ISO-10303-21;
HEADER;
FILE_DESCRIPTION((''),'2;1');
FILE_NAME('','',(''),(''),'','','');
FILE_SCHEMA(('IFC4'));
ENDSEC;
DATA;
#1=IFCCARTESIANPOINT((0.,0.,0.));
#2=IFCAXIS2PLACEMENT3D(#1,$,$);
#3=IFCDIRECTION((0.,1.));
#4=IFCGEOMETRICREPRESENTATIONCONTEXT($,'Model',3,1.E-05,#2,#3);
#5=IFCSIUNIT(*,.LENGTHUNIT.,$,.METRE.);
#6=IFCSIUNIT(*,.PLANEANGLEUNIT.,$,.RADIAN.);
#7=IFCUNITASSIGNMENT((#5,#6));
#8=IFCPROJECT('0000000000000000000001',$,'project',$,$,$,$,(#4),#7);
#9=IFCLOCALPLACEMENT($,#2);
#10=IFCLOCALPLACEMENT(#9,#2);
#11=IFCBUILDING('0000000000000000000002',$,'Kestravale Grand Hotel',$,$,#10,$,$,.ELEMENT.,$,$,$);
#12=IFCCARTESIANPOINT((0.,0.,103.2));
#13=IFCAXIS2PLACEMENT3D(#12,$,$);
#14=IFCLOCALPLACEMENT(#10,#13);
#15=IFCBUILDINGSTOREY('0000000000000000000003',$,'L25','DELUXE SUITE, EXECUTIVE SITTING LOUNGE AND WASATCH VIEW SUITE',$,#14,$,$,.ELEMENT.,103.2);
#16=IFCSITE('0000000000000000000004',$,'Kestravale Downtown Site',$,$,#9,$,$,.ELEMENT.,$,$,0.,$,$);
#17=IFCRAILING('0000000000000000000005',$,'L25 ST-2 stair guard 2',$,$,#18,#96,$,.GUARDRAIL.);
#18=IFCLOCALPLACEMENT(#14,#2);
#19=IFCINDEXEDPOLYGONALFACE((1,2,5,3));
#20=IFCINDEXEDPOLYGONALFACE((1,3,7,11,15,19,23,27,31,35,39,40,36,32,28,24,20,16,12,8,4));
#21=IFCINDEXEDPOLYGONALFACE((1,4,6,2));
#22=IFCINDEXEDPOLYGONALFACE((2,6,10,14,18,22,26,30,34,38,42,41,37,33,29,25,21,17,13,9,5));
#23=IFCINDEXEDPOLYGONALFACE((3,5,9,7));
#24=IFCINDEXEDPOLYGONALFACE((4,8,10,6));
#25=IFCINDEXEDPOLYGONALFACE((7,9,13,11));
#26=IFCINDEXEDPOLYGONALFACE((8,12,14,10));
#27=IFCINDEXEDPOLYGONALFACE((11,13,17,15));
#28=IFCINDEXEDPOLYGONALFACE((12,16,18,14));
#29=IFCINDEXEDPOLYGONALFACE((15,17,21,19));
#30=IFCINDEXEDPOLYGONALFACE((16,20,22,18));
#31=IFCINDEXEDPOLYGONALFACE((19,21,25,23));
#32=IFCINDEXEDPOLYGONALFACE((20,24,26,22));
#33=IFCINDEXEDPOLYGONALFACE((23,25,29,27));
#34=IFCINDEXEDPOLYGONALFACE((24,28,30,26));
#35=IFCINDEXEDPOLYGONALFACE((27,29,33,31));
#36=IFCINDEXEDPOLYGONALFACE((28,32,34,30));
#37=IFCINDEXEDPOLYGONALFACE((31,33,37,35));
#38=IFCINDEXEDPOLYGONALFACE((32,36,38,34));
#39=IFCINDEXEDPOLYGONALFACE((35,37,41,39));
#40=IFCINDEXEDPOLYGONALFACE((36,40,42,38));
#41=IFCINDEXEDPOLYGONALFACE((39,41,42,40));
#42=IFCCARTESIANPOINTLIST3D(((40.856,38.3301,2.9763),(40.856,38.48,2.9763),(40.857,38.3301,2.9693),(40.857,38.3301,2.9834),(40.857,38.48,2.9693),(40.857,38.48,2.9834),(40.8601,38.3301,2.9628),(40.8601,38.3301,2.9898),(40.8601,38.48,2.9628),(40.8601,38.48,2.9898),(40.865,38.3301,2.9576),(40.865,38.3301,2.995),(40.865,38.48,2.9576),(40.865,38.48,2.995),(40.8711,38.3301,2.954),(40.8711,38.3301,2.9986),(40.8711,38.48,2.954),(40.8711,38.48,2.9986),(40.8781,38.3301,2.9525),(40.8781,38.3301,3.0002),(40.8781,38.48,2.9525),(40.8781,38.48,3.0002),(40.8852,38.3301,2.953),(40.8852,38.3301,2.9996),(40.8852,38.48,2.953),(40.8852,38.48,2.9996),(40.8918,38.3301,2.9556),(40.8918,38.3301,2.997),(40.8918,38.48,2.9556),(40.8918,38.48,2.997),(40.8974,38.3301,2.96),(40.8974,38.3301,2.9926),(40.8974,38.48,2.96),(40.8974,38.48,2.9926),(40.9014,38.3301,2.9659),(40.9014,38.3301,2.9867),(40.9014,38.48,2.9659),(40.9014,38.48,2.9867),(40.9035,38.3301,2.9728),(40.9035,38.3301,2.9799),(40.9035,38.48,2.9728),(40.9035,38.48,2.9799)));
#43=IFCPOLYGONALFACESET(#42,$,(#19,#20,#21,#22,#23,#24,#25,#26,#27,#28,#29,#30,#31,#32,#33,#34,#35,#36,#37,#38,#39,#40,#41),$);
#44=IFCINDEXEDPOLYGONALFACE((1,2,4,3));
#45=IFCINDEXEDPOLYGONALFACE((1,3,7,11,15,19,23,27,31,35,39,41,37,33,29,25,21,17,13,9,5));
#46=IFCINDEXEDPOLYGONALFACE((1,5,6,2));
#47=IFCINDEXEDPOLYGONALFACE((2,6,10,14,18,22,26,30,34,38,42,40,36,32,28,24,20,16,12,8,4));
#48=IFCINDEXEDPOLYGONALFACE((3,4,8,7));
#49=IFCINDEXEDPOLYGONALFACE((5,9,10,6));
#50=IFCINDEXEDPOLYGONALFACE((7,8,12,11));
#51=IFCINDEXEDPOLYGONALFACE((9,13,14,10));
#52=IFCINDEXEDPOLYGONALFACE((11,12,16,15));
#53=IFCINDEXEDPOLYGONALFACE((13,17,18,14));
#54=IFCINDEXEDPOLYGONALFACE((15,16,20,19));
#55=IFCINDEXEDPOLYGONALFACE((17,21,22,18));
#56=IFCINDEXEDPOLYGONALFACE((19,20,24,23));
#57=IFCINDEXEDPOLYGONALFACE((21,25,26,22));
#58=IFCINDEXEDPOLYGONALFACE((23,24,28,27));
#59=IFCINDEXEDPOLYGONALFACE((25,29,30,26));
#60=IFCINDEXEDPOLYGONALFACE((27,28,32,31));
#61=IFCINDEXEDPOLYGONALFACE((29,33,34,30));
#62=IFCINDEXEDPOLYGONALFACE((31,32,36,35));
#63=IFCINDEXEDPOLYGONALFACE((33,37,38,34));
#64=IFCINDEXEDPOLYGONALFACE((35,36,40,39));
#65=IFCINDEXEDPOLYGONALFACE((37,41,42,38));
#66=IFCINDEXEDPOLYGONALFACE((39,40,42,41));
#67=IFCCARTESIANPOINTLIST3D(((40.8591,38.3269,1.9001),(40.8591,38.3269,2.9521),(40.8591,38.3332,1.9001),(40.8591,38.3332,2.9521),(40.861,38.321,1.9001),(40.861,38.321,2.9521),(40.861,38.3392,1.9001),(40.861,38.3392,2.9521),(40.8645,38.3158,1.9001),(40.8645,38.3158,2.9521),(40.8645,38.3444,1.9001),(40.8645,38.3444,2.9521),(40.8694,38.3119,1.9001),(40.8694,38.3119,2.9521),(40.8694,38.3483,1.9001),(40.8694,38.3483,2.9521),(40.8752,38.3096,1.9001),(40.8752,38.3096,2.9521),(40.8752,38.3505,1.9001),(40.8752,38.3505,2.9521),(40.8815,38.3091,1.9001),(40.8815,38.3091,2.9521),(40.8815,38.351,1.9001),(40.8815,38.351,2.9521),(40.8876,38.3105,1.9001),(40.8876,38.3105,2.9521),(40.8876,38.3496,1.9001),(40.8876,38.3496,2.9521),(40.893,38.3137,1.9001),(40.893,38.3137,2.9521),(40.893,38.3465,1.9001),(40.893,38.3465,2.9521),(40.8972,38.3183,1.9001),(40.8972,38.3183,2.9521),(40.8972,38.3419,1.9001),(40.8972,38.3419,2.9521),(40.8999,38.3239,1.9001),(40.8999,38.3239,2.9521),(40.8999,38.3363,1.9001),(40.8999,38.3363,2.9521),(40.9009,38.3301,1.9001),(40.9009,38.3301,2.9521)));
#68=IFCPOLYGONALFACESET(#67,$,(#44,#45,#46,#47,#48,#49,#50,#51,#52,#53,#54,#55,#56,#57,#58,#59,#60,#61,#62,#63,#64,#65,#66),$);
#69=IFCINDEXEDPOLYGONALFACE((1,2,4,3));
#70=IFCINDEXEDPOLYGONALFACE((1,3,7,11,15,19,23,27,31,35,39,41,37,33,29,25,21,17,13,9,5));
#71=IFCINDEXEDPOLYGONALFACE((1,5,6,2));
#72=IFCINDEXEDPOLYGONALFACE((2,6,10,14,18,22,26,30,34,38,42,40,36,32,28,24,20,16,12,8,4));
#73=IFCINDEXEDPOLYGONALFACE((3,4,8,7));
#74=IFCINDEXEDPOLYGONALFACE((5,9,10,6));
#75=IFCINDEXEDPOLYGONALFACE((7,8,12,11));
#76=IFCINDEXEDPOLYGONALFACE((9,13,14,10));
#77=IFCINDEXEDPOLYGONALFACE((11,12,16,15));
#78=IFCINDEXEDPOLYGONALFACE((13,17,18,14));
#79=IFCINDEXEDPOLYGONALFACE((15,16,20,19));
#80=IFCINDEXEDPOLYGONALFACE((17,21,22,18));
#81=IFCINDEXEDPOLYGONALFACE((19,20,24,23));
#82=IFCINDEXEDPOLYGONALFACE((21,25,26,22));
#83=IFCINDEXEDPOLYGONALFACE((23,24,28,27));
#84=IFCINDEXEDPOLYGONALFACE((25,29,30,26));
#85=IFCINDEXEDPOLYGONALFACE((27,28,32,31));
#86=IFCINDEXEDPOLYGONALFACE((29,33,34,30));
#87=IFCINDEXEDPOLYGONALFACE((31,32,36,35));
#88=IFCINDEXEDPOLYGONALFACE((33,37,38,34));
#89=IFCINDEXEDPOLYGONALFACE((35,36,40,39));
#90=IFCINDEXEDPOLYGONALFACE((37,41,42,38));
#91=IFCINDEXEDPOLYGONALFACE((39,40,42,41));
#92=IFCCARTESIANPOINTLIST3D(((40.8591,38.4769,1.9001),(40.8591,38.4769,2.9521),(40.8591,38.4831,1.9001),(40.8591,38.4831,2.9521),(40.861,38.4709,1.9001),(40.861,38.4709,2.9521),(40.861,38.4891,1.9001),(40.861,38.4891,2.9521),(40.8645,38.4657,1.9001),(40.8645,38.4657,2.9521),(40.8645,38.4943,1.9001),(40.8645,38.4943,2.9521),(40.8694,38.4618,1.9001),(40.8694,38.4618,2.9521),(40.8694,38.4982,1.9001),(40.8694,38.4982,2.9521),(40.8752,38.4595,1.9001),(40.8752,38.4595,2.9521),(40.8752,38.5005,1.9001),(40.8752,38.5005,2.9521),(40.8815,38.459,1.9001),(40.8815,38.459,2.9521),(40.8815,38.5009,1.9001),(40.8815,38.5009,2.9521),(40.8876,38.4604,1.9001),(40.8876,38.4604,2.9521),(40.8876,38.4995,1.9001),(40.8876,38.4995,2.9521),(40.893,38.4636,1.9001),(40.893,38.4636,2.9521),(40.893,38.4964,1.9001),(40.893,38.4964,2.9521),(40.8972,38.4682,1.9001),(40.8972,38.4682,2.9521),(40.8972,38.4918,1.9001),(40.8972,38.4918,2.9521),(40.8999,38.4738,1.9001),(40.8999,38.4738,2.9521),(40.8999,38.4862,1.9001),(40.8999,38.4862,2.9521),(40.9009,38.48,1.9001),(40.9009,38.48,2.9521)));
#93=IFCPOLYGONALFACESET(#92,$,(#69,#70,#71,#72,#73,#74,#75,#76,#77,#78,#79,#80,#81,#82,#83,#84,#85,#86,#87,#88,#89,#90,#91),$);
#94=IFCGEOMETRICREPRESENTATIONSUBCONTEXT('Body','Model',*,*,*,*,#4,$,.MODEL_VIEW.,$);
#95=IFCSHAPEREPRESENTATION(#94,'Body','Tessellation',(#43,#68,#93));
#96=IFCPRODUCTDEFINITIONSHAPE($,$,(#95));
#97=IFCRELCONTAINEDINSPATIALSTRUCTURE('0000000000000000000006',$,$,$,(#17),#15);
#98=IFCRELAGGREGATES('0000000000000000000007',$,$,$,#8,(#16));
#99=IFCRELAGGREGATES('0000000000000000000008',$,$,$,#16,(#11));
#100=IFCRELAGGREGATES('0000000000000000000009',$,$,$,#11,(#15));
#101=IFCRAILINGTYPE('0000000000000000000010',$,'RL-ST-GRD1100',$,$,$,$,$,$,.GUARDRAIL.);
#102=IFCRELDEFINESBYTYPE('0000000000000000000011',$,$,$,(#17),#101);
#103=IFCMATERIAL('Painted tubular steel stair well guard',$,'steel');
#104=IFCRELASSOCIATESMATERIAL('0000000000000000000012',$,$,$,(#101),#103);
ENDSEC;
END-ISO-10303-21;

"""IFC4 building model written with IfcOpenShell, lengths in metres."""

from ifc_helpers import new_model, si_unit, direction, frame, origin, origin_2d, place, context, subcontext, project, spatial, circle, extrude, material, type_object, element, save


model = new_model("IFC4")

# Units and contexts
model_context = context("Model", 3, precision=1e-05, world=origin(), true_north=direction((0.0, 1.0)))
body_context = subcontext(model_context, "Body", "Model", "MODEL_VIEW")
ifc_project = project(units=[si_unit("LENGTHUNIT", "METRE"), si_unit("PLANEANGLEUNIT", "RADIAN")], contexts=[model_context])

# Site, building, storey
site_placement = place(None, origin())
site = spatial("IfcSite", under=ifc_project, at=site_placement, Name="Kestravale Downtown Site", CompositionType="ELEMENT", RefElevation=0.0)
building_placement = place(site_placement, origin())
building = spatial("IfcBuilding", under=site, at=building_placement, Name="Kestravale Grand Hotel", CompositionType="ELEMENT")
storey_placement = place(building_placement, frame((0.0, 0.0, 103.2)))
storey = spatial("IfcBuildingStorey", under=building, at=storey_placement, Name="L25", Description="DELUXE SUITE, EXECUTIVE SITTING LOUNGE AND WASATCH VIEW SUITE", CompositionType="ELEMENT", Elevation=103.2)

# Railing
ifc_material_1 = material(Name="Painted tubular steel stair well guard", Category="steel")
railing_type_1 = type_object("IfcRailingType", Name="RL-ST-GRD1100", PredefinedType="GUARDRAIL", material=ifc_material_1)
railing_1_placement = place(storey_placement, frame((40.8799, 38.3301, 1.9001)))
element("IfcRailing", 1, at=railing_1_placement, inside=storey, type_object=railing_type_1, Name="L25 ST-2 stair guard 2", PredefinedType="GUARDRAIL", context=body_context, shape_type="SweptSolid", body=[
    extrude(circle(Radius=0.0239, at=origin_2d()), frame((0.0, 0.0, 1.0762), z_axis=(0.0, 1.0, 0.0), x_axis=(-1.0, 0.0, 0.0)), (0.0, 0.0, 1.0), 0.1499),
    extrude(circle(Radius=0.021, at=origin_2d()), origin(), (0.0, 0.0, 1.0), 1.052),
    extrude(circle(Radius=0.021, at=origin_2d()), frame((0.0, 0.1499, 0.0)), (0.0, 0.0, 1.0), 1.052),
])

save(model, "model.ifc")
